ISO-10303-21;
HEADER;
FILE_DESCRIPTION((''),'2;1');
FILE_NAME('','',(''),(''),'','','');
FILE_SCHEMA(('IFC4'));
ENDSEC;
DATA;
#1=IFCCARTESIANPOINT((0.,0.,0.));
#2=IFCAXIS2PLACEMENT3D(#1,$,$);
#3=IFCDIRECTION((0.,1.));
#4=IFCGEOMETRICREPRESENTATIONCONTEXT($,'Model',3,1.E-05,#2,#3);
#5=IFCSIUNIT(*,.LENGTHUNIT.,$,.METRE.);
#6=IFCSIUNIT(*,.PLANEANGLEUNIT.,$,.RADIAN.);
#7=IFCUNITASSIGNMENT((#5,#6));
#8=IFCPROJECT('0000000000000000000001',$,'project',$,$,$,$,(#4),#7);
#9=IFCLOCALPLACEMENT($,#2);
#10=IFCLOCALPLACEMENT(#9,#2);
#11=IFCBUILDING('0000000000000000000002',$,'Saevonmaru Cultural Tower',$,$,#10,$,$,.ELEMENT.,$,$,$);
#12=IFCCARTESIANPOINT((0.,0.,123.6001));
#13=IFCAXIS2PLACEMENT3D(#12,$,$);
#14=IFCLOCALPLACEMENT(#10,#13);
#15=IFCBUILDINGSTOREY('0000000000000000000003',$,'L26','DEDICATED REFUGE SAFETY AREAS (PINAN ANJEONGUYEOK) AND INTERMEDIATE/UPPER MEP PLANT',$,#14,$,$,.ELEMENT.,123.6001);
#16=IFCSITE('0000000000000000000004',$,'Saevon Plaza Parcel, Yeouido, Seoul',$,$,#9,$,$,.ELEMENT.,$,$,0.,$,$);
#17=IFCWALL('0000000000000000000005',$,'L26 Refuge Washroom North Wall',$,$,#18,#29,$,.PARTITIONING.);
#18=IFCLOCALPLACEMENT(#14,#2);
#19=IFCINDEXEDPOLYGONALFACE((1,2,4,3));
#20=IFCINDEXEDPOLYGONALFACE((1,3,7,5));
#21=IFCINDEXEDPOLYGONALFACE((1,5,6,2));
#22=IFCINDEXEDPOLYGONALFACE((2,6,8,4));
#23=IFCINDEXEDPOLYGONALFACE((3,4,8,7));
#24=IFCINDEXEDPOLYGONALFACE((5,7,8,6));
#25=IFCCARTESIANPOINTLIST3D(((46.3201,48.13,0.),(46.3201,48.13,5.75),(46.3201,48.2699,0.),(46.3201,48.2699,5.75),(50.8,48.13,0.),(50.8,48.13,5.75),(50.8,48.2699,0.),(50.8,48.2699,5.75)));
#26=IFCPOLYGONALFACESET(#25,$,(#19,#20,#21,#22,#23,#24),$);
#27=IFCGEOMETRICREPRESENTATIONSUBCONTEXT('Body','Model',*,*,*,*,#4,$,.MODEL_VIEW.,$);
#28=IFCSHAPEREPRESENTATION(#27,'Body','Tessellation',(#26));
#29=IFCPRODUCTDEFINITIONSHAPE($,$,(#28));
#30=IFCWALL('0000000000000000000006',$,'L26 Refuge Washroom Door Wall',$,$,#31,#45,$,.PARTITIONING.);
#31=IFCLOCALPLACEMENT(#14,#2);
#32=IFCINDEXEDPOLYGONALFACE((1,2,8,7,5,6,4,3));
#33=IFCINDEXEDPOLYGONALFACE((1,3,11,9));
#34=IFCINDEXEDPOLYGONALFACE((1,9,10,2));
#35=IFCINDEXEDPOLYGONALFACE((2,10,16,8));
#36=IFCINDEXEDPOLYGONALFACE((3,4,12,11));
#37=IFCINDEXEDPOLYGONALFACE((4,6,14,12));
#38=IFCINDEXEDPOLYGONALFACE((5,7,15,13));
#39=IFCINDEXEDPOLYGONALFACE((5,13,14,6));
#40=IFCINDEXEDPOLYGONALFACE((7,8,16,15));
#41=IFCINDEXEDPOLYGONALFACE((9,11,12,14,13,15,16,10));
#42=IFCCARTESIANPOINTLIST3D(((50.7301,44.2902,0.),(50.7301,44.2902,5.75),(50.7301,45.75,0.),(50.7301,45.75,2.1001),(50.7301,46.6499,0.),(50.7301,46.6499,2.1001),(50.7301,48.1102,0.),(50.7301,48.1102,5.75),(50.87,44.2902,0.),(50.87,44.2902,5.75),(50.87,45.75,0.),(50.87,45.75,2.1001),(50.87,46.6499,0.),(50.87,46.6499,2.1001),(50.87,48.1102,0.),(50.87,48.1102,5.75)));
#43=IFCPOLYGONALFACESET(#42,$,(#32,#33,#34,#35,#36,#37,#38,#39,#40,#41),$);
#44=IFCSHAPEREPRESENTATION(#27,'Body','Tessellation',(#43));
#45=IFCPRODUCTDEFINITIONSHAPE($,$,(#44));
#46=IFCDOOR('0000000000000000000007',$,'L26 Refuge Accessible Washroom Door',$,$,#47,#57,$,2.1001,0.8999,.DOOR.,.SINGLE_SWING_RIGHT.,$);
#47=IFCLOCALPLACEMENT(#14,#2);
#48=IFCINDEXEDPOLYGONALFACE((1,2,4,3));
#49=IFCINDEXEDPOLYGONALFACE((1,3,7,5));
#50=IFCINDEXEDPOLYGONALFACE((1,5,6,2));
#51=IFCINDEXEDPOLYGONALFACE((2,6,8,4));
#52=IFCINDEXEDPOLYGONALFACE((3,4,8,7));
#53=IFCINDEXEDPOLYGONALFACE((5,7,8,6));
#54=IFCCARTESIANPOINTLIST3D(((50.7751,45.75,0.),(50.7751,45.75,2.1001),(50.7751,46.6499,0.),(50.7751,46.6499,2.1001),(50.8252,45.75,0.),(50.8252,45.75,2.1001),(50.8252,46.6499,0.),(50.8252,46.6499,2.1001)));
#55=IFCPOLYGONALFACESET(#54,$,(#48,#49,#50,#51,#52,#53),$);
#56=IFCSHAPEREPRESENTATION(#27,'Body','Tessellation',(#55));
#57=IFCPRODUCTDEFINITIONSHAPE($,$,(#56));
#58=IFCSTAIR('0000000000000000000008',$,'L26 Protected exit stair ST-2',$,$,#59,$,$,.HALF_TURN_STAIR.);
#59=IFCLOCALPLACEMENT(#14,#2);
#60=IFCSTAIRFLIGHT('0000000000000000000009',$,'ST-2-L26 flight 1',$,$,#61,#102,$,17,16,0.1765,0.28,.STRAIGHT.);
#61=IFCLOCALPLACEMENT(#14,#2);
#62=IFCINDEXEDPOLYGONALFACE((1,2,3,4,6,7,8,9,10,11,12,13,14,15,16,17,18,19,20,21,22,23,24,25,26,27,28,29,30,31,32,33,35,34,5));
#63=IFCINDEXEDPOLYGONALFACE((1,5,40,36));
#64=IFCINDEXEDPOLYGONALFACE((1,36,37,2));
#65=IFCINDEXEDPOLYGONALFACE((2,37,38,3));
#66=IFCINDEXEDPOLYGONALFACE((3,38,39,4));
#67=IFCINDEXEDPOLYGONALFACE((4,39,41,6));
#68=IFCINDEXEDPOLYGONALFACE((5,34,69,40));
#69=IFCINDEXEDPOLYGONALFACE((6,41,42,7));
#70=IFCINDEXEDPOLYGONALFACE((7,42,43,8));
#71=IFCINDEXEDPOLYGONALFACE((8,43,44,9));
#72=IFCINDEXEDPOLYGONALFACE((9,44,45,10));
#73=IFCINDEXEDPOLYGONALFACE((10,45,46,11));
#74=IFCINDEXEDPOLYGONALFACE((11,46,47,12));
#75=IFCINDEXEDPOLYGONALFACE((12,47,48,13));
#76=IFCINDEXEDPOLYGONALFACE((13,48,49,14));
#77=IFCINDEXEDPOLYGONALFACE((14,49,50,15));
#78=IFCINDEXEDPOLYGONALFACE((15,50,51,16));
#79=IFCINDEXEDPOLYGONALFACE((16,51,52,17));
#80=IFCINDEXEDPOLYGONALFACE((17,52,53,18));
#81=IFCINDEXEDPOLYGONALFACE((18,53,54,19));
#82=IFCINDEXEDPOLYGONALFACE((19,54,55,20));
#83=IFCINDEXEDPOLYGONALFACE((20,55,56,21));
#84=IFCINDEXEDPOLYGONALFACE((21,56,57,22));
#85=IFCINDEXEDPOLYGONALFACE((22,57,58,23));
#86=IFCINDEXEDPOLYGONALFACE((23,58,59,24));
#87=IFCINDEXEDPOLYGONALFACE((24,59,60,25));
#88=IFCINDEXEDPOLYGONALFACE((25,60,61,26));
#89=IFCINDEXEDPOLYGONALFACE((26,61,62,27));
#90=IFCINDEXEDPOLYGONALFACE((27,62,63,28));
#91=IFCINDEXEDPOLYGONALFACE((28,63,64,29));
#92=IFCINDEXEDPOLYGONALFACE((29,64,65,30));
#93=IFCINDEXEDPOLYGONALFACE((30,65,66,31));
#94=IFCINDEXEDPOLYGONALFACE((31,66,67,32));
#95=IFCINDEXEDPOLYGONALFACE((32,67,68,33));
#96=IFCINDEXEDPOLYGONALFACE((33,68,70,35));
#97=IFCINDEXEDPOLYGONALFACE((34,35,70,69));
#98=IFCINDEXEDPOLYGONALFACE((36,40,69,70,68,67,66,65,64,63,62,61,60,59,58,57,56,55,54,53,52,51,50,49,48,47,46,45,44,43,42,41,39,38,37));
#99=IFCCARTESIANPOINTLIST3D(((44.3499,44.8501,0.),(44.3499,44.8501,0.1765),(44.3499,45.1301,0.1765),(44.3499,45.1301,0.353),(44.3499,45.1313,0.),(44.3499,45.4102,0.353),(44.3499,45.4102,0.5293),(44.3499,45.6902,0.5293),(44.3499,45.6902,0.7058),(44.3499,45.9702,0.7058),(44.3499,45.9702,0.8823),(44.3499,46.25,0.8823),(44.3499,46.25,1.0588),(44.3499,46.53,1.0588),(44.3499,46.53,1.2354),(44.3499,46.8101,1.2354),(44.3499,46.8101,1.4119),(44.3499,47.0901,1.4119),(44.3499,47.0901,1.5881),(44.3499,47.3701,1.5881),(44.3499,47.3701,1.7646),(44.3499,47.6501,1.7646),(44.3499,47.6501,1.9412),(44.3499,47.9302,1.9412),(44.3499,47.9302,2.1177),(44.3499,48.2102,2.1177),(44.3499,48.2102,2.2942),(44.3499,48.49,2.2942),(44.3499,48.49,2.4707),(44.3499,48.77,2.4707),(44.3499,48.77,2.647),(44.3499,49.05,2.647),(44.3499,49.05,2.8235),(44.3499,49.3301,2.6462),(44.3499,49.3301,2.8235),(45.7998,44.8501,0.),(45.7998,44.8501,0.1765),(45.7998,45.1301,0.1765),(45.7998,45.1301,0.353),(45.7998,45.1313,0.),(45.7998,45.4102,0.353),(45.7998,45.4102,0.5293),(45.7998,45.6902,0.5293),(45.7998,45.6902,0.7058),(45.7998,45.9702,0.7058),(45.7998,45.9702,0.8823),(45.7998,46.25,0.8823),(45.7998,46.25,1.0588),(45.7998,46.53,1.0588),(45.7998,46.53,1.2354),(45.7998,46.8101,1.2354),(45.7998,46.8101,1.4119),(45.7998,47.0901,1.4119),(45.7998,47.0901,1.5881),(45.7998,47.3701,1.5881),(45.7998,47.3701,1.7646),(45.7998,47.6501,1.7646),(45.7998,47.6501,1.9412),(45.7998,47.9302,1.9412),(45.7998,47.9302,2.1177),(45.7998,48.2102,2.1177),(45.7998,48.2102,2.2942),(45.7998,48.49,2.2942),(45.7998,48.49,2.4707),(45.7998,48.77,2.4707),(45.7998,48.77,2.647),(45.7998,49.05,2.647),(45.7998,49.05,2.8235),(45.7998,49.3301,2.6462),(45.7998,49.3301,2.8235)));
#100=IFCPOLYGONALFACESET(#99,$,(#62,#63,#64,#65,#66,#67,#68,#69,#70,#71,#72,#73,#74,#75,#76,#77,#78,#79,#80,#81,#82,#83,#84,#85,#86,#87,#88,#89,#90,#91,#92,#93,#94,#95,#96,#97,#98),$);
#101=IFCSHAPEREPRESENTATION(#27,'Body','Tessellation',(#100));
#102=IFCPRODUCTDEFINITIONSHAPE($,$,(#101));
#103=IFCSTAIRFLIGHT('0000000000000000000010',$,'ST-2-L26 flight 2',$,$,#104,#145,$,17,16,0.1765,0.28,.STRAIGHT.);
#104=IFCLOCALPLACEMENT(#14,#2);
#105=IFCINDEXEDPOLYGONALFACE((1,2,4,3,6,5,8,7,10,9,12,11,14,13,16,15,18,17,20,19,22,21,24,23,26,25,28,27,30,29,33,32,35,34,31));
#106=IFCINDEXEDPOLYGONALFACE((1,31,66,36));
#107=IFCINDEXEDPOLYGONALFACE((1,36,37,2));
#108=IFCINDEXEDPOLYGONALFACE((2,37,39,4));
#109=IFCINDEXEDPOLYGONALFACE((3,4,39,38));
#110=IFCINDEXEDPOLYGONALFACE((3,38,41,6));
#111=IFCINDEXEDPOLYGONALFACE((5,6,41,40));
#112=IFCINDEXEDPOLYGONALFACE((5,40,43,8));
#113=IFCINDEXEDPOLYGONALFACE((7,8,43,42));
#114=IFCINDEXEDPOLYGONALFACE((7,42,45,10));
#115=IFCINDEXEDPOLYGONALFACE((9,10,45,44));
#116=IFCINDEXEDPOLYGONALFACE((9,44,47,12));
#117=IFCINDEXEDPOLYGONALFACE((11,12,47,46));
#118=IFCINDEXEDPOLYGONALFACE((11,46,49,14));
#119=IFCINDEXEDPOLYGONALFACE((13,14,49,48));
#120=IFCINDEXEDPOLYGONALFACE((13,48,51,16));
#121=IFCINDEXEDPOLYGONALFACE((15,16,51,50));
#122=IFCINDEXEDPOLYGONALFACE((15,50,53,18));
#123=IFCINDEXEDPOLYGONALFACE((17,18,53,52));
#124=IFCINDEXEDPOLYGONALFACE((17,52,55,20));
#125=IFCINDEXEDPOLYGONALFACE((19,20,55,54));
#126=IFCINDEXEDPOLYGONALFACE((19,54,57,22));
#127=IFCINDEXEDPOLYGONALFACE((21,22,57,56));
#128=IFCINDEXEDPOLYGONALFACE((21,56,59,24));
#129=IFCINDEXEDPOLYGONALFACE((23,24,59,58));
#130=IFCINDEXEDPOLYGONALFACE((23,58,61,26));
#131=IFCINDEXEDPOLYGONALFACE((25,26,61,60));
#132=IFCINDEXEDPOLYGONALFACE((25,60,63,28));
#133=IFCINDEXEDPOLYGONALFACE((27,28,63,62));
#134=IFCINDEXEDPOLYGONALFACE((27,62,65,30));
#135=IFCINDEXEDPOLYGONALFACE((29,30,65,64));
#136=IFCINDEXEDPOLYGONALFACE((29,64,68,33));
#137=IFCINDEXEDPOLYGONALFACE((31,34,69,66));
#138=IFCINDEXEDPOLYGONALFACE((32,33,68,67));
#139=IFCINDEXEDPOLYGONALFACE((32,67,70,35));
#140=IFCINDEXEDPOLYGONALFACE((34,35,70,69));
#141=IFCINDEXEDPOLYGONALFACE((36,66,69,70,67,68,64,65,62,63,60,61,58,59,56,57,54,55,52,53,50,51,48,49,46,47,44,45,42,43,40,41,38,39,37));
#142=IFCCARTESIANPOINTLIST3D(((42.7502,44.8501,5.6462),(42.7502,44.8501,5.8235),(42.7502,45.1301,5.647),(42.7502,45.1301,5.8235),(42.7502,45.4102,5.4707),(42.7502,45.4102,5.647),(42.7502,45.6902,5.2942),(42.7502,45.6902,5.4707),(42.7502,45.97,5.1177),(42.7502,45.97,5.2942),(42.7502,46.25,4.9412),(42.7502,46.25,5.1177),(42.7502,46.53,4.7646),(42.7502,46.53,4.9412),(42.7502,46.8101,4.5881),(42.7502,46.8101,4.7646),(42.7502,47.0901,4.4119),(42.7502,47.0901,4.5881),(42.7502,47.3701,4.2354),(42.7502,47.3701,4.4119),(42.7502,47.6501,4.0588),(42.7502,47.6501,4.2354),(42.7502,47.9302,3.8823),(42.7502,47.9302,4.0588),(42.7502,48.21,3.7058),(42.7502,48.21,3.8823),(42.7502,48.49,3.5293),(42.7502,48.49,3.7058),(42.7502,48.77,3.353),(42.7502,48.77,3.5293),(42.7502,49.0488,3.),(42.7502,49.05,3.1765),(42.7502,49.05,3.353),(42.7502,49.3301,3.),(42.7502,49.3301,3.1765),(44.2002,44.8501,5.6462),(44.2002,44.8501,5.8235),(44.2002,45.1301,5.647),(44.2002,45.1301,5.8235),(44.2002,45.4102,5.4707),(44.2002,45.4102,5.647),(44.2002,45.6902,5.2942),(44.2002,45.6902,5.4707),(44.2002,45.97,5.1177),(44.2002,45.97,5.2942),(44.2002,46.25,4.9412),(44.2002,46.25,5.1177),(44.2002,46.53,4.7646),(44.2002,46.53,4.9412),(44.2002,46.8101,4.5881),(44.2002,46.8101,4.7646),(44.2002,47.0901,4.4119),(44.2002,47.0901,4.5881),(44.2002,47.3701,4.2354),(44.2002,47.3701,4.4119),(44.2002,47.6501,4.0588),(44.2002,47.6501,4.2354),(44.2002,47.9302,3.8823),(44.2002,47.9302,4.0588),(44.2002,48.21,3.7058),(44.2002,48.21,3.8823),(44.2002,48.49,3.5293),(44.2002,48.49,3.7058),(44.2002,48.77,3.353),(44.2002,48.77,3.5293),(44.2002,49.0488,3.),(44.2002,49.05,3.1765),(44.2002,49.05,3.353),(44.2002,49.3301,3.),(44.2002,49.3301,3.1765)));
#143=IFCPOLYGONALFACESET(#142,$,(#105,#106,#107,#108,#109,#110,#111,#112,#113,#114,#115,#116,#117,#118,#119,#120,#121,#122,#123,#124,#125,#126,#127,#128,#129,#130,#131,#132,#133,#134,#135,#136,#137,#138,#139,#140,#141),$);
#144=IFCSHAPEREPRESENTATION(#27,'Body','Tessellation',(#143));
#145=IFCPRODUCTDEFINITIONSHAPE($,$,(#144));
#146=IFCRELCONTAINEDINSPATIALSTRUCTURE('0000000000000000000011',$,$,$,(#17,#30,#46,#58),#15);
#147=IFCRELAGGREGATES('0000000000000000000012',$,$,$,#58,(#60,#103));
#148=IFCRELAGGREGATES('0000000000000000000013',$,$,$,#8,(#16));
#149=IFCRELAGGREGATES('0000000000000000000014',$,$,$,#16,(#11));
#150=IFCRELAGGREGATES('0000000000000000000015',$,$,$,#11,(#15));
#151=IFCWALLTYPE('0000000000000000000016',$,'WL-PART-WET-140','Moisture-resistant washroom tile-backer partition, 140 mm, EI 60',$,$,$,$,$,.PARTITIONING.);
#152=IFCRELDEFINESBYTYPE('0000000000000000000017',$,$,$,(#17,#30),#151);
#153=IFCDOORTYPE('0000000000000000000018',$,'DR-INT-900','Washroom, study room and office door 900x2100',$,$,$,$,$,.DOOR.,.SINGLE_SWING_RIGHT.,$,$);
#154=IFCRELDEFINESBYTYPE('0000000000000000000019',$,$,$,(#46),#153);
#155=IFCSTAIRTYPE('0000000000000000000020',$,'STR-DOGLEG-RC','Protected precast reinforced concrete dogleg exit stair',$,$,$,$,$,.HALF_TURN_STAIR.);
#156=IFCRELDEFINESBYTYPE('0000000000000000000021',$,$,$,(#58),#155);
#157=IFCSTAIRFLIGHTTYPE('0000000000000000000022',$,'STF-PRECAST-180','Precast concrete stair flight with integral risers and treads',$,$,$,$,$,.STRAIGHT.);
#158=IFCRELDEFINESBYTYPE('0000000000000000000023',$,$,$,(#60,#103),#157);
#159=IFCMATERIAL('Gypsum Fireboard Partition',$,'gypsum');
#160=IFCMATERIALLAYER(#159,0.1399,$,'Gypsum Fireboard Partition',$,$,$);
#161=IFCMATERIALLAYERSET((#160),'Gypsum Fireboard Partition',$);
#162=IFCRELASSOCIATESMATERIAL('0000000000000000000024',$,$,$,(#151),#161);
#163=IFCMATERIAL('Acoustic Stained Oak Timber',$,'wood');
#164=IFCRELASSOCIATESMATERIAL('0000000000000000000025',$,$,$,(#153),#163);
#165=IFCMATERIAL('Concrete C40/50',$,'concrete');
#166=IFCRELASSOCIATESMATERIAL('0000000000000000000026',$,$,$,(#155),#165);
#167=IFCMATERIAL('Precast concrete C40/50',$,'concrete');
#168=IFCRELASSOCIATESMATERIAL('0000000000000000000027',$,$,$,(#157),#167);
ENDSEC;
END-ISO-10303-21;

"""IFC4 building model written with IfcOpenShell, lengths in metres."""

from ifc_helpers import new_model, si_unit, direction, frame, frame_2d, origin, place, context, subcontext, project, spatial, polyline, rectangle, outline, extrude, material, layer, layer_set, type_object, element, fill, aggregate, save


model = new_model("IFC4")

# Units and contexts
model_context = context("Model", 3, precision=1e-05, world=origin(), true_north=direction((0.0, 1.0)))
body_context = subcontext(model_context, "Body", "Model", "MODEL_VIEW")
ifc_project = project(units=[si_unit("LENGTHUNIT", "METRE"), si_unit("PLANEANGLEUNIT", "RADIAN")], contexts=[model_context])

# Site, building, storey
site_placement = place(None, origin())
site = spatial("IfcSite", under=ifc_project, at=site_placement, Name="Saevon Plaza Parcel, Yeouido, Seoul", CompositionType="ELEMENT", RefElevation=0.0)
building_placement = place(site_placement, origin())
building = spatial("IfcBuilding", under=site, at=building_placement, Name="Saevonmaru Cultural Tower", CompositionType="ELEMENT")
storey_placement = place(building_placement, frame((0.0, 0.0, 123.6001)))
storey = spatial("IfcBuildingStorey", under=building, at=storey_placement, Name="L26", Description="DEDICATED REFUGE SAFETY AREAS (PINAN ANJEONGUYEOK) AND INTERMEDIATE/UPPER MEP PLANT", CompositionType="ELEMENT", Elevation=123.6001)

# Shared definitions
ifc_material_1 = material(Name="Gypsum Fireboard Partition", Category="gypsum")

# Wall
ifc_layer_1 = layer(ifc_material_1, 0.1399, Name="Gypsum Fireboard Partition")
ifc_layer_set_1 = layer_set([ifc_layer_1], Name="Gypsum Fireboard Partition")
wall_type_1 = type_object("IfcWallType", Name="WL-PART-WET-140", Description="Moisture-resistant washroom tile-backer partition, 140 mm, EI 60", PredefinedType="PARTITIONING", material=ifc_layer_set_1)
for number, where, z_axis, x_axis, name in (
    (1, (46.3201, 48.2, 0.0), (0.0, 0.0, 1.0), (1.0, 0.0, 0.0), "L26 Refuge Washroom North Wall"),
):
    element("IfcWall", number, at=place(storey_placement, frame(where, z_axis=z_axis, x_axis=x_axis)), inside=storey, type_object=wall_type_1, Name=name, PredefinedType="PARTITIONING", context=body_context, shape_type="SweptSolid", body=[
        extrude(rectangle(XDim=4.48, YDim=0.1399, at=frame_2d((2.24, 0.0))), origin(), (0.0, 0.0, 1.0), 5.75),
    ])

# Wall, opening, door
wall_1_placement = place(storey_placement, frame((50.8, 44.29, 0.0), z_axis=(0.0, 0.0, 1.0), x_axis=(0.0, 1.0, 0.0)))
wall_1 = element("IfcWall", 2, at=wall_1_placement, inside=storey, type_object=wall_type_1, Name="L26 Refuge Washroom Door Wall", PredefinedType="PARTITIONING", context=body_context, shape_type="SweptSolid", body=[
    extrude(rectangle(XDim=3.8201, YDim=0.1399, at=frame_2d((1.9102, 0.0))), origin(), (0.0, 0.0, 1.0), 5.75),
])
opening_1_placement = place(wall_1_placement, frame((1.46, 0.0, 0.0)))
opening_1 = element("IfcOpeningElement", 3, at=opening_1_placement, cuts=wall_1, PredefinedType="OPENING", context=body_context, shape_type="SweptSolid", body=[
    extrude(rectangle(XDim=0.8999, YDim=2.1001, at=frame_2d((0.45, 1.05))), frame((0.0, 0.0801, 0.0), z_axis=(0.0, -1.0, 0.0), x_axis=(1.0, 0.0, 0.0)), (0.0, 0.0, 1.0), 0.1599),
])
ifc_material_2 = material(Name="Acoustic Stained Oak Timber", Category="wood")
door_type_1 = type_object("IfcDoorType", Name="DR-INT-900", Description="Washroom, study room and office door 900x2100", OperationType="SINGLE_SWING_RIGHT", PredefinedType="DOOR", material=ifc_material_2)
door_1_placement = place(opening_1_placement, origin())
door_1 = element("IfcDoor", 4, at=door_1_placement, inside=storey, type_object=door_type_1, Name="L26 Refuge Accessible Washroom Door", OperationType="SINGLE_SWING_RIGHT", OverallHeight=2.1001, OverallWidth=0.8999, PredefinedType="DOOR", context=body_context, shape_type="SweptSolid", body=[
    extrude(rectangle(XDim=0.8999, YDim=2.1001, at=frame_2d((0.45, 1.05))), frame((0.0, 0.0249, 0.0), z_axis=(0.0, -1.0, 0.0), x_axis=(1.0, 0.0, 0.0)), (0.0, 0.0, 1.0), 0.05),
])
fill(opening_1, door_1)

# Stair, stair flights
ifc_material_3 = material(Name="Concrete C40/50", Category="concrete")
stair_type = type_object("IfcStairType", Name="STR-DOGLEG-RC", Description="Protected precast reinforced concrete dogleg exit stair", PredefinedType="HALF_TURN_STAIR", material=ifc_material_3)
stair_placement = place(storey_placement, origin())
stair = element("IfcStair", 5, at=stair_placement, inside=storey, type_object=stair_type, Name="L26 Protected exit stair ST-2", PredefinedType="HALF_TURN_STAIR")
ifc_material_4 = material(Name="Precast concrete C40/50", Category="concrete")
stair_flight_type = type_object("IfcStairFlightType", Name="STF-PRECAST-180", Description="Precast concrete stair flight with integral risers and treads", PredefinedType="STRAIGHT", material=ifc_material_4)
stair_flight_1_placement = place(storey_placement, frame((45.075, 44.8501, 0.0), z_axis=(0.0, 0.0, 1.0), x_axis=(0.0, 1.0, 0.0)))
stair_flight_1 = element("IfcStairFlight", 6, at=stair_flight_1_placement, type_object=stair_flight_type, Name="ST-2-L26 flight 1", NumberOfRisers=17, NumberOfTreads=16, PredefinedType="STRAIGHT", RiserHeight=0.1765, TreadLength=0.28, context=body_context, shape_type="SweptSolid", body=[
    extrude(outline(polyline([(0.0, 0.0), (0.0, 0.1765), (0.28, 0.1765), (0.28, 0.353), (0.5601, 0.353), (0.5601, 0.5293), (0.8401, 0.5293), (0.8401, 0.7058), (1.1201, 0.7058), (1.1201, 0.8823), (1.3999, 0.8823), (1.3999, 1.0588), (1.6799, 1.0588), (1.6799, 1.2354), (1.96, 1.2354), (1.96, 1.4119), (2.24, 1.4119), (2.24, 1.5881), (2.52, 1.5881), (2.52, 1.7646), (2.8, 1.7646), (2.8, 1.9412), (3.0801, 1.9412), (3.0801, 2.1177), (3.3601, 2.1177), (3.3601, 2.2942), (3.6399, 2.2942), (3.6399, 2.4707), (3.9199, 2.4707), (3.9199, 2.647), (4.2, 2.647), (4.2, 2.8235), (4.48, 2.8235), (4.48, 3.0), (4.48, 2.6462), (0.2812, 0.0), (0.0, 0.0)])), frame((0.0, 0.7251, 0.0), z_axis=(0.0, -1.0, 0.0), x_axis=(1.0, 0.0, 0.0)), (0.0, 0.0, 1.0), 1.45),
])
stair_flight_2_placement = place(storey_placement, frame((43.4751, 49.3301, 3.0), z_axis=(0.0, 0.0, 1.0), x_axis=(0.0, -1.0, 0.0)))
stair_flight_2 = element("IfcStairFlight", 7, at=stair_flight_2_placement, type_object=stair_flight_type, Name="ST-2-L26 flight 2", NumberOfRisers=17, NumberOfTreads=16, PredefinedType="STRAIGHT", RiserHeight=0.1765, TreadLength=0.28, context=body_context, shape_type="SweptSolid", body=[
    extrude(outline(polyline([(0.0, 0.0), (0.0, 0.1765), (0.28, 0.1765), (0.28, 0.353), (0.5601, 0.353), (0.5601, 0.5293), (0.8401, 0.5293), (0.8401, 0.7058), (1.1201, 0.7058), (1.1201, 0.8823), (1.3999, 0.8823), (1.3999, 1.0588), (1.6799, 1.0588), (1.6799, 1.2354), (1.96, 1.2354), (1.96, 1.4119), (2.24, 1.4119), (2.24, 1.5881), (2.52, 1.5881), (2.52, 1.7646), (2.8, 1.7646), (2.8, 1.9412), (3.0801, 1.9412), (3.0801, 2.1177), (3.3601, 2.1177), (3.3601, 2.2942), (3.6399, 2.2942), (3.6399, 2.4707), (3.9199, 2.4707), (3.9199, 2.647), (4.2, 2.647), (4.2, 2.8235), (4.48, 2.8235), (4.48, 3.0), (4.48, 2.6462), (0.2812, 0.0), (0.0, 0.0)])), frame((0.0, 0.7251, 0.0), z_axis=(0.0, -1.0, 0.0), x_axis=(1.0, 0.0, 0.0)), (0.0, 0.0, 1.0), 1.45),
])
aggregate(stair, [stair_flight_1, stair_flight_2])

save(model, "model.ifc")
